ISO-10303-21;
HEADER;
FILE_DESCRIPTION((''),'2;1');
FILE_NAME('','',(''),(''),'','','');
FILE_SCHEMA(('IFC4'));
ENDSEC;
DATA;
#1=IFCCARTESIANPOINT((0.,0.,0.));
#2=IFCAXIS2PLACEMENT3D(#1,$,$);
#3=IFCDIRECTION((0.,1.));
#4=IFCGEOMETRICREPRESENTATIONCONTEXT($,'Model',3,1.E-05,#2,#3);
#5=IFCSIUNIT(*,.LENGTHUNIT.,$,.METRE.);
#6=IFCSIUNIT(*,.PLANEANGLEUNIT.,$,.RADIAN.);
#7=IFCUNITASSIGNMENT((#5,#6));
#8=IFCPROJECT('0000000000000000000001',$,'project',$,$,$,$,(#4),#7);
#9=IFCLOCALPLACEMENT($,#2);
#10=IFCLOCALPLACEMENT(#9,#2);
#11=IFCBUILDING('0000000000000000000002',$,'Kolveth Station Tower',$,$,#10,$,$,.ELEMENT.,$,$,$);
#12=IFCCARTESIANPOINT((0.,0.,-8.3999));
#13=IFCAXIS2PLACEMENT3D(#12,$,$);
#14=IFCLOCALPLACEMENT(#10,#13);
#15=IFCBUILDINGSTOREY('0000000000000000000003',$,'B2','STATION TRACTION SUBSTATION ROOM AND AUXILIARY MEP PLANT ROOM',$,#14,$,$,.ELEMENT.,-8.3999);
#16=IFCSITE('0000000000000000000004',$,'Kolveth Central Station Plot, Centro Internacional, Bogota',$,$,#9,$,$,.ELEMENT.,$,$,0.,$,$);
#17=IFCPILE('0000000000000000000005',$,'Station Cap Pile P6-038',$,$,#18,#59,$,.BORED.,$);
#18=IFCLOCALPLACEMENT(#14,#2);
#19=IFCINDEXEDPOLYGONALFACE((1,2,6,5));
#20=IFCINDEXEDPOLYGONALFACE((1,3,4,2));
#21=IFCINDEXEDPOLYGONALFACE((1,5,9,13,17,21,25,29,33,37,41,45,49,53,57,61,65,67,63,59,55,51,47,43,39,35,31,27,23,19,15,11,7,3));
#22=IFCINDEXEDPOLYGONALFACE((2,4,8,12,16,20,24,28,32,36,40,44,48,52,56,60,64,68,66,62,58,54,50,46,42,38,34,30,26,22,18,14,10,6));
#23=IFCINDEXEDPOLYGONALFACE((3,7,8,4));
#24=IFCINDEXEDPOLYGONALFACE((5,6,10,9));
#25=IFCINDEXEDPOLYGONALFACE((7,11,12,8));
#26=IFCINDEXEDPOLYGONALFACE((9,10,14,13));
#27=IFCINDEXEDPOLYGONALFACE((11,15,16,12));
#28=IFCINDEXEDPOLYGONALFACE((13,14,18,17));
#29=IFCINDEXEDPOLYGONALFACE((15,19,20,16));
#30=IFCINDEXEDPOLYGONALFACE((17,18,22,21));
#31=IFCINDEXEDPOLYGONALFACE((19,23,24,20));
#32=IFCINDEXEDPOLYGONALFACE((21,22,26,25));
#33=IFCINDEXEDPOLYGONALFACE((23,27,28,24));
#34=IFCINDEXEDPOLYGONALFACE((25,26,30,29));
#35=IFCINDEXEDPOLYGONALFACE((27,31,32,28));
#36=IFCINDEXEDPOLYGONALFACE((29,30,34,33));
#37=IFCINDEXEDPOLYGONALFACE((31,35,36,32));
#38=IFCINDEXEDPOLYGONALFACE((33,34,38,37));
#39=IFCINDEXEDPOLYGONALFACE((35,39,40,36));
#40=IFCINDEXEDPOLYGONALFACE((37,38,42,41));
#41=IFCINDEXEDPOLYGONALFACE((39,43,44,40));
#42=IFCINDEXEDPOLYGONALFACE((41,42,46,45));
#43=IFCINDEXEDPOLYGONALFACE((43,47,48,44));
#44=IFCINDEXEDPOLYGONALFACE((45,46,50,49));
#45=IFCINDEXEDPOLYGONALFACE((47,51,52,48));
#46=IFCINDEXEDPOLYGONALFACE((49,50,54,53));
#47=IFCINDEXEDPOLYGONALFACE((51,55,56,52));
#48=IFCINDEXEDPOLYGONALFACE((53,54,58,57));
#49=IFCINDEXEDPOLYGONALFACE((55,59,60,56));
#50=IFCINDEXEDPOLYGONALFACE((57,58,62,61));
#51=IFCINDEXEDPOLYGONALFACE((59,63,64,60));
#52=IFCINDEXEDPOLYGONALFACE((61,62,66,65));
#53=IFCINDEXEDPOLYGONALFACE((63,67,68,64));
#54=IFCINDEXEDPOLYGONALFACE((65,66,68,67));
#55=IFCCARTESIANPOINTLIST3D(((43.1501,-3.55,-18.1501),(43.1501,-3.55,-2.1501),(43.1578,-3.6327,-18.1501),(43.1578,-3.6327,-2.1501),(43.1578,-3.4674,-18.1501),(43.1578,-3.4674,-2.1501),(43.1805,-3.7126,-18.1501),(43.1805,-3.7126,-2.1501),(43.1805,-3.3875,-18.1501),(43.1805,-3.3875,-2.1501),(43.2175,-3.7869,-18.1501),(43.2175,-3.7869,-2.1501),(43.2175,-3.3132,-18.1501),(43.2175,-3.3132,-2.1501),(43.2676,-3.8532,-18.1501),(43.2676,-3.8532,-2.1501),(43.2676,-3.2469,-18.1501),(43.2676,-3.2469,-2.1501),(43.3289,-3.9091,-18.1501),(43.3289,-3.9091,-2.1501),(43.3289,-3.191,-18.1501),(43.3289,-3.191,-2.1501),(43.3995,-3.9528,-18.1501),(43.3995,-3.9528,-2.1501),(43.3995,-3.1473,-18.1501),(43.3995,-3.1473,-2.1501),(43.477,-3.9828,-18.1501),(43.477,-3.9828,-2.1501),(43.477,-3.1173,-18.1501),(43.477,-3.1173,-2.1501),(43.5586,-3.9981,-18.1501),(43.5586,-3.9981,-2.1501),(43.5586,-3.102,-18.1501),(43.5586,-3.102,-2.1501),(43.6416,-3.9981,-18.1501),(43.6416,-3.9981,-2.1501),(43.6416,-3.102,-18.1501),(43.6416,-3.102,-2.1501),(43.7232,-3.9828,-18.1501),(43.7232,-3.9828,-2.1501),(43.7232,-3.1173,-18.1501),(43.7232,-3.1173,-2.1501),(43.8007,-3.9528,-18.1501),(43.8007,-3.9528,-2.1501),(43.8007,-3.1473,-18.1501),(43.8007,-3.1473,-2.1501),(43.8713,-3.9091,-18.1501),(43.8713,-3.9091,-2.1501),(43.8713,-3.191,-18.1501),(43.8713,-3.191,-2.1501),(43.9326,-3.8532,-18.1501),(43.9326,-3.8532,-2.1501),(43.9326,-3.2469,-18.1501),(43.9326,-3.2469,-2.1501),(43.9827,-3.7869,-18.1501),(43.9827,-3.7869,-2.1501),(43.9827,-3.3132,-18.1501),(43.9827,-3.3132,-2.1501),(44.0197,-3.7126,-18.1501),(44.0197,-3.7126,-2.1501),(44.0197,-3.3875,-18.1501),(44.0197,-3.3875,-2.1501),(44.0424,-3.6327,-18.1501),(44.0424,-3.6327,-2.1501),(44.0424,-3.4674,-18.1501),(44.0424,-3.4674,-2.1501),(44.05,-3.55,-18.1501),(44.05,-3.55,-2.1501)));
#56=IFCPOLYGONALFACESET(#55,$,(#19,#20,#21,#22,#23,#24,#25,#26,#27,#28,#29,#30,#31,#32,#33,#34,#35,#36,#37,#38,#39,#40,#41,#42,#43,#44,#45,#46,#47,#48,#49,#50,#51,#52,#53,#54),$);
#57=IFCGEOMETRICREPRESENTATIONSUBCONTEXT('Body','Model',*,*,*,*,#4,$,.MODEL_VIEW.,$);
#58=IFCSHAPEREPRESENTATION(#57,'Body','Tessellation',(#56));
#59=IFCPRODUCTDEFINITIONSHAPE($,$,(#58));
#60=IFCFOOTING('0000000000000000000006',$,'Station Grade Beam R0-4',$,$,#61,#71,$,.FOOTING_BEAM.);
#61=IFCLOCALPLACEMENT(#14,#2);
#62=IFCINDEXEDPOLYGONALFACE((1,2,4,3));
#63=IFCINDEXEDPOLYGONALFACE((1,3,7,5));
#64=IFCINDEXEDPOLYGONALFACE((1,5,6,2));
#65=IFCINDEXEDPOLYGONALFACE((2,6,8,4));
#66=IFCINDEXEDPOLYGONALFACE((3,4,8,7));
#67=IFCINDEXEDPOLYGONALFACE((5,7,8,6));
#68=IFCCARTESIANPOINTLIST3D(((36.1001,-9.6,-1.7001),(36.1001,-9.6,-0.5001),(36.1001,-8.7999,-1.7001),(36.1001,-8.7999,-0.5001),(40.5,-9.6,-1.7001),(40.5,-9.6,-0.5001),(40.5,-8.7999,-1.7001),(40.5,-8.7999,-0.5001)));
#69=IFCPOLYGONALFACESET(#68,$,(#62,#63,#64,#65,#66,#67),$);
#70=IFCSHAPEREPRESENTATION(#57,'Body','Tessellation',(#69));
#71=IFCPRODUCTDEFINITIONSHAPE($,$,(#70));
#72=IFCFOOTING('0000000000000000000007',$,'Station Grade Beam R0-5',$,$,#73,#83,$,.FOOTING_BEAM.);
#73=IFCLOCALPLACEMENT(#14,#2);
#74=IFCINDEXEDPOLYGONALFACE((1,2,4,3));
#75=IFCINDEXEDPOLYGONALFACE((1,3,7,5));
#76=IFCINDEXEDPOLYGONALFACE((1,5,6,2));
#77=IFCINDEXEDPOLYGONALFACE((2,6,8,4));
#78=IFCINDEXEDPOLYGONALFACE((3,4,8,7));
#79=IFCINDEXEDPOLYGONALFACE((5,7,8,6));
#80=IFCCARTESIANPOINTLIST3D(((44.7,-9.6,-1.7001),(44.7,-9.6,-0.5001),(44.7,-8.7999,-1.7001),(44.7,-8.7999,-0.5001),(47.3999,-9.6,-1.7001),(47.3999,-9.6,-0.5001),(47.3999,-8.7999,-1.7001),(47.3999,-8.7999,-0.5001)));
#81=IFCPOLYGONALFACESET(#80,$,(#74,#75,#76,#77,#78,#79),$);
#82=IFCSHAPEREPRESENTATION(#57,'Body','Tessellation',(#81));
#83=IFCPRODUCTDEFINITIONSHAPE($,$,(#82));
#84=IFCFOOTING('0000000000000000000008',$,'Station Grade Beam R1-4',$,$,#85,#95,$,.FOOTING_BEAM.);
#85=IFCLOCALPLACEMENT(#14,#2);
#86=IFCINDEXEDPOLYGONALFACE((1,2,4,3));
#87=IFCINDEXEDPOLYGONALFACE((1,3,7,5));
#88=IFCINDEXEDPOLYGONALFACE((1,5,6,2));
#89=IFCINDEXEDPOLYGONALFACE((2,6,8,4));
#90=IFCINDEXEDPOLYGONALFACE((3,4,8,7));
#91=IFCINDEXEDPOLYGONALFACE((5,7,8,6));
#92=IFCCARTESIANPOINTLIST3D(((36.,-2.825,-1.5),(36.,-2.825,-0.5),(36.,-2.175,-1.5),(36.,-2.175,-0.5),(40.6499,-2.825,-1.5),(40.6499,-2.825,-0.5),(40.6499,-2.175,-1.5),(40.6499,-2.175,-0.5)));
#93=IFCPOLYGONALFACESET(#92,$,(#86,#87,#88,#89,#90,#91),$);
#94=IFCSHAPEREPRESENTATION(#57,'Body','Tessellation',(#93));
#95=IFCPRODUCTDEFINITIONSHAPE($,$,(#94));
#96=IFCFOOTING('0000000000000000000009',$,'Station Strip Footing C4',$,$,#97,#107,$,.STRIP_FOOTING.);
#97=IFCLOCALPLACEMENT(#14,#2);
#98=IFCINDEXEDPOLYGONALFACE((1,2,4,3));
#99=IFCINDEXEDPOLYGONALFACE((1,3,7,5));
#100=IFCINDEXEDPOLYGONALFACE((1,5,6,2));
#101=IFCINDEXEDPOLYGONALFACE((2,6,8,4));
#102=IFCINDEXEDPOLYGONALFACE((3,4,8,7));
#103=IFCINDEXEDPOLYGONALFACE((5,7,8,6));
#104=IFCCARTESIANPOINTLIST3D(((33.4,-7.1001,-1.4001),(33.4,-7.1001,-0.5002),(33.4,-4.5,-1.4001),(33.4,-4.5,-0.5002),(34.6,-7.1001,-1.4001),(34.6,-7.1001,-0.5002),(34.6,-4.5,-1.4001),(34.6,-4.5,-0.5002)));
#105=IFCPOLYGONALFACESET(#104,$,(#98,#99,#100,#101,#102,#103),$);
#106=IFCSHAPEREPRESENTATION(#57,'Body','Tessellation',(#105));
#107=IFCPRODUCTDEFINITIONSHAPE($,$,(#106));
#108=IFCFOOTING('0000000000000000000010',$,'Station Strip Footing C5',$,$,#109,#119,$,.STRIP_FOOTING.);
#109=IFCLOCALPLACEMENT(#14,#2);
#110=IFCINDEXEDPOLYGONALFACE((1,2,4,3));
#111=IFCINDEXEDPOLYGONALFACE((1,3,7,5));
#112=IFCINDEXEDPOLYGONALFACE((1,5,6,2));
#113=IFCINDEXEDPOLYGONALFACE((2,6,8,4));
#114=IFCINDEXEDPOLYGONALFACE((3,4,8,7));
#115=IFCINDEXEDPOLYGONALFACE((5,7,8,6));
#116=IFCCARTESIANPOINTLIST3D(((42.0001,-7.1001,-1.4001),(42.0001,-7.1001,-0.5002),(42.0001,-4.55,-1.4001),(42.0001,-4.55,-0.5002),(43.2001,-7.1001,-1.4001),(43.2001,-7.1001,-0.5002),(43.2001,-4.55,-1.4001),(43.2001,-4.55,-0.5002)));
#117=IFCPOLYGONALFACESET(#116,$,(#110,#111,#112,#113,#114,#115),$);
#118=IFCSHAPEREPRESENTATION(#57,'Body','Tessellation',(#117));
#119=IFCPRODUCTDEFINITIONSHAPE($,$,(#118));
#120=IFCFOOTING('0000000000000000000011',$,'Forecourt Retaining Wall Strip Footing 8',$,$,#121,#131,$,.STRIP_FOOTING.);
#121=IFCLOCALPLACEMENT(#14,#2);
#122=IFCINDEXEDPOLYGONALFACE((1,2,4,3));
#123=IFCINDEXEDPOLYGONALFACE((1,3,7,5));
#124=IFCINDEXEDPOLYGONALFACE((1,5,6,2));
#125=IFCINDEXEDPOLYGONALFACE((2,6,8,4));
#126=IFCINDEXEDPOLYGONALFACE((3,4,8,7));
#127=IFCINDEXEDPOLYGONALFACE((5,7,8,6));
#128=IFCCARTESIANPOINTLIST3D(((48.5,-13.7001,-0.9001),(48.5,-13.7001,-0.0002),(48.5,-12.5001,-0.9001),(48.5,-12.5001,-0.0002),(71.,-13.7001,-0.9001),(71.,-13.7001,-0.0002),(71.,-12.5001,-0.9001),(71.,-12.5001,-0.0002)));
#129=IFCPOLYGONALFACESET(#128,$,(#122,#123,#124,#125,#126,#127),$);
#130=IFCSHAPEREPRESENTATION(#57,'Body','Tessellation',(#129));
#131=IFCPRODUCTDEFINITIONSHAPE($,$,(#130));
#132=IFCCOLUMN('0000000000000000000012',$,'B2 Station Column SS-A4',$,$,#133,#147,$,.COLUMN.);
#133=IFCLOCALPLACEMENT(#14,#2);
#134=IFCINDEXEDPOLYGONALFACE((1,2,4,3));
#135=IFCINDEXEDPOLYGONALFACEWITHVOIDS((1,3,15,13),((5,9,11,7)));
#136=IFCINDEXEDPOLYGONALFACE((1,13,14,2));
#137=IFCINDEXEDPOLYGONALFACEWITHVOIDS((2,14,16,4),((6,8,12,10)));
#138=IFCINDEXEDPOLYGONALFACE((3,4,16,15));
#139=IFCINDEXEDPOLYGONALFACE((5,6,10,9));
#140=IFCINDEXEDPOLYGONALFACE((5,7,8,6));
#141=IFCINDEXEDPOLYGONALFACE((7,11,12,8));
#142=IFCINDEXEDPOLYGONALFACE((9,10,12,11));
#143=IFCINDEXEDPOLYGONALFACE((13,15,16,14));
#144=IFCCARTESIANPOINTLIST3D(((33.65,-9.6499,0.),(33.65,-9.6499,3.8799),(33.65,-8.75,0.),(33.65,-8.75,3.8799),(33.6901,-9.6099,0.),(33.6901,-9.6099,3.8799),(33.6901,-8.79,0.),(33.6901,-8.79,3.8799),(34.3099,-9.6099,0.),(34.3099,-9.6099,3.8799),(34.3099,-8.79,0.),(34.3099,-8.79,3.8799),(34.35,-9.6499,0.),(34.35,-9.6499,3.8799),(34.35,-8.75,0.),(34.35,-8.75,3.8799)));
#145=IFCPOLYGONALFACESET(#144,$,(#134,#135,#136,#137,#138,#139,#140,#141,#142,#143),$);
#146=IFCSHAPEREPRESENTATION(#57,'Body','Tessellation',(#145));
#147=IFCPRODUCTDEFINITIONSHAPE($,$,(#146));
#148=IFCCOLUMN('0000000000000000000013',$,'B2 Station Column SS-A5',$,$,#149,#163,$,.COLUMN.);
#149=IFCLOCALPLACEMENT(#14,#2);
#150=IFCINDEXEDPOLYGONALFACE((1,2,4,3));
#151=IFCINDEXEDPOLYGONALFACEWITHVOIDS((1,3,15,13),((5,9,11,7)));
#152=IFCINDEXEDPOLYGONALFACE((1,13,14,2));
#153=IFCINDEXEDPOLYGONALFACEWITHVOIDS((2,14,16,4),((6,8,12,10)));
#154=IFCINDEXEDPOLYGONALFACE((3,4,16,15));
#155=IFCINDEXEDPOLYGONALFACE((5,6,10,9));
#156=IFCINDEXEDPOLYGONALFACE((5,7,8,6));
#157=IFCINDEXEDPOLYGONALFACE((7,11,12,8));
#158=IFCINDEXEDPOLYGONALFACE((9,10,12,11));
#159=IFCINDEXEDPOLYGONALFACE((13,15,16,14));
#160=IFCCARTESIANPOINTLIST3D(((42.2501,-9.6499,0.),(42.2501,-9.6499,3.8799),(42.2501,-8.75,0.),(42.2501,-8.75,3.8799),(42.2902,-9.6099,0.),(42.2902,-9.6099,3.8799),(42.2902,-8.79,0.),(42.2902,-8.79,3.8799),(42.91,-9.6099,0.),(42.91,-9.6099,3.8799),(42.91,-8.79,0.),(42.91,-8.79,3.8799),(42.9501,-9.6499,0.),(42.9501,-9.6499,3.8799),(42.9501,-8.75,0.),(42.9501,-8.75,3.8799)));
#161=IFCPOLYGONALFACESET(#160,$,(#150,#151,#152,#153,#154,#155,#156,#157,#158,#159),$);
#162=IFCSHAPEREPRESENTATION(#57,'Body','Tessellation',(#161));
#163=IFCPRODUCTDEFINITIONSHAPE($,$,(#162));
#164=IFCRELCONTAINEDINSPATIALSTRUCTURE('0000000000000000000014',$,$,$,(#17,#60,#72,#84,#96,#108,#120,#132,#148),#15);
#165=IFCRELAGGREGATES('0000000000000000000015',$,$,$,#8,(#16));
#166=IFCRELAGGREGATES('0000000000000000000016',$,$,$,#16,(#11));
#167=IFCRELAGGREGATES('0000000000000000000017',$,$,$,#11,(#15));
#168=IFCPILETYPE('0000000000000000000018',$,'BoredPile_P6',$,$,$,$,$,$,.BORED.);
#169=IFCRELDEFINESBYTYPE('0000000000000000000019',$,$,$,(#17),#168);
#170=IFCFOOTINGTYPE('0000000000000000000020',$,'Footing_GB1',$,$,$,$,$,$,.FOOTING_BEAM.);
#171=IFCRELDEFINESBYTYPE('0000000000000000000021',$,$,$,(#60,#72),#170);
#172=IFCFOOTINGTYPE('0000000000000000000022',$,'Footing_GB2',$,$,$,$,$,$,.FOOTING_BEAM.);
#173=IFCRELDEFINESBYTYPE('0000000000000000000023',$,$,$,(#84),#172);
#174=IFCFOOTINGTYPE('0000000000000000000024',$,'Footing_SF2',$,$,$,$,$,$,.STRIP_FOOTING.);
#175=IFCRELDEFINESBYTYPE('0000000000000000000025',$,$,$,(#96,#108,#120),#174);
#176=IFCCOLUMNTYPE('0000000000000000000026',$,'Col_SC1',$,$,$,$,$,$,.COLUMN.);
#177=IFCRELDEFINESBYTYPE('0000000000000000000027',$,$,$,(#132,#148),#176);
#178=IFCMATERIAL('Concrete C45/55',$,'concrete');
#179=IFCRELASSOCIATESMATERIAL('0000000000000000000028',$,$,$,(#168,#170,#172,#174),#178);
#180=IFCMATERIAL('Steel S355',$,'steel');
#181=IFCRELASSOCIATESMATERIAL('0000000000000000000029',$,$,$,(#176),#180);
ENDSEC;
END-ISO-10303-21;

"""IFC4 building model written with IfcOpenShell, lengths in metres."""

from ifc_helpers import new_model, si_unit, direction, frame, origin, origin_2d, place, context, subcontext, project, spatial, rectangle, hollow_rectangle, circle, extrude, source, transform, mapped, material, material_profile, profile_set, type_object, element, save


model = new_model("IFC4")

# Units and contexts
model_context = context("Model", 3, precision=1e-05, world=origin(), true_north=direction((0.0, 1.0)))
body_context = subcontext(model_context, "Body", "Model", "MODEL_VIEW")
ifc_project = project(units=[si_unit("LENGTHUNIT", "METRE"), si_unit("PLANEANGLEUNIT", "RADIAN")], contexts=[model_context])

# Site, building, storey
site_placement = place(None, origin())
site = spatial("IfcSite", under=ifc_project, at=site_placement, Name="Kolveth Central Station Plot, Centro Internacional, Bogota", CompositionType="ELEMENT", RefElevation=0.0)
building_placement = place(site_placement, origin())
building = spatial("IfcBuilding", under=site, at=building_placement, Name="Kolveth Station Tower", CompositionType="ELEMENT")
storey_placement = place(building_placement, frame((0.0, 0.0, -8.3999)))
storey = spatial("IfcBuildingStorey", under=building, at=storey_placement, Name="B2", Description="STATION TRACTION SUBSTATION ROOM AND AUXILIARY MEP PLANT ROOM", CompositionType="ELEMENT", Elevation=-8.3999)

# Shared definitions
ifc_material_1 = material(Name="Concrete C45/55", Category="concrete")

# Pile
ifc_material_profile_1 = material_profile(ifc_material_1, circle(Radius=0.45, at=origin_2d()), Name="PILE-D900")
ifc_profile_set_1 = profile_set([ifc_material_profile_1], Name="Concrete C45/55")
pile_type_1 = type_object("IfcPileType", Name="BoredPile_P6", PredefinedType="BORED", material=ifc_profile_set_1)
shared_shape_1 = source(origin(), body_context, "Body", "SweptSolid", [
    extrude(circle(Radius=0.45, at=origin_2d()), origin(), (0.0, 0.0, 1.0), 16.0),
])
for number, where, z_axis, x_axis, name in (
    (1, (43.6001, -3.55, -2.1501), (0.0, 0.0, -1.0), (1.0, 0.0, 0.0), "Station Cap Pile P6-038"),
):
    element("IfcPile", number, at=place(storey_placement, frame(where, z_axis=z_axis, x_axis=x_axis)), inside=storey, type_object=pile_type_1, Name=name, PredefinedType="BORED", context=body_context, shape_type="MappedRepresentation", body=[
        mapped(shared_shape_1, transform((0.0, 0.0, 0.0), x_axis=(1.0, 0.0, 0.0), y_axis=(0.0, 1.0, 0.0), z_axis=(0.0, 0.0, 1.0), scale=1.0)),
    ])

# Footings
ifc_material_profile_2 = material_profile(ifc_material_1, rectangle(XDim=0.8, YDim=1.2, at=origin_2d()), Name="RC-800x1200")
ifc_profile_set_2 = profile_set([ifc_material_profile_2], Name="Concrete C45/55")
footing_type_1 = type_object("IfcFootingType", Name="Footing_GB1", PredefinedType="FOOTING_BEAM", material=ifc_profile_set_2)
shared_shape_2 = source(origin(), body_context, "Body", "SweptSolid", [
    extrude(rectangle(XDim=0.8, YDim=1.2, at=origin_2d()), origin(), (0.0, 0.0, 1.0), 4.3999),
])
footing_1_placement = place(storey_placement, frame((36.1001, -9.2, -1.1001), z_axis=(1.0, 0.0, 0.0), x_axis=(0.0, 1.0, 0.0)))
element("IfcFooting", 2, at=footing_1_placement, inside=storey, type_object=footing_type_1, Name="Station Grade Beam R0-4", PredefinedType="FOOTING_BEAM", context=body_context, shape_type="MappedRepresentation", body=[
    mapped(shared_shape_2, transform((0.0, 0.0, 0.0), x_axis=(1.0, 0.0, 0.0), y_axis=(0.0, 1.0, 0.0), z_axis=(0.0, 0.0, 1.0), scale=1.0)),
])
shared_shape_3 = source(origin(), body_context, "Body", "SweptSolid", [
    extrude(rectangle(XDim=0.8, YDim=1.2, at=origin_2d()), origin(), (0.0, 0.0, 1.0), 2.7),
])
footing_2_placement = place(storey_placement, frame((44.7, -9.2, -1.1001), z_axis=(1.0, 0.0, 0.0), x_axis=(0.0, 1.0, 0.0)))
element("IfcFooting", 3, at=footing_2_placement, inside=storey, type_object=footing_type_1, Name="Station Grade Beam R0-5", PredefinedType="FOOTING_BEAM", context=body_context, shape_type="MappedRepresentation", body=[
    mapped(shared_shape_3, transform((0.0, 0.0, 0.0), x_axis=(1.0, 0.0, 0.0), y_axis=(0.0, 1.0, 0.0), z_axis=(0.0, 0.0, 1.0), scale=1.0)),
])
ifc_material_profile_3 = material_profile(ifc_material_1, rectangle(XDim=0.6499, YDim=1.0, at=origin_2d()), Name="RC-650x1000")
ifc_profile_set_3 = profile_set([ifc_material_profile_3], Name="Concrete C45/55")
footing_type_2 = type_object("IfcFootingType", Name="Footing_GB2", PredefinedType="FOOTING_BEAM", material=ifc_profile_set_3)
shared_shape_4 = source(origin(), body_context, "Body", "SweptSolid", [
    extrude(rectangle(XDim=0.6499, YDim=1.0, at=origin_2d()), origin(), (0.0, 0.0, 1.0), 4.6499),
])
footing_3_placement = place(storey_placement, frame((36.0, -2.5, -1.0), z_axis=(1.0, 0.0, 0.0), x_axis=(0.0, 1.0, 0.0)))
element("IfcFooting", 4, at=footing_3_placement, inside=storey, type_object=footing_type_2, Name="Station Grade Beam R1-4", PredefinedType="FOOTING_BEAM", context=body_context, shape_type="MappedRepresentation", body=[
    mapped(shared_shape_4, transform((0.0, 0.0, 0.0), x_axis=(1.0, 0.0, 0.0), y_axis=(0.0, 1.0, 0.0), z_axis=(0.0, 0.0, 1.0), scale=1.0)),
])
ifc_material_profile_4 = material_profile(ifc_material_1, rectangle(XDim=1.2, YDim=0.8999, at=origin_2d()), Name="RC-1200x900")
ifc_profile_set_4 = profile_set([ifc_material_profile_4], Name="Concrete C45/55")
footing_type_3 = type_object("IfcFootingType", Name="Footing_SF2", PredefinedType="STRIP_FOOTING", material=ifc_profile_set_4)
shared_shape_5 = source(origin(), body_context, "Body", "SweptSolid", [
    extrude(rectangle(XDim=1.2, YDim=0.8999, at=origin_2d()), origin(), (0.0, 0.0, 1.0), 2.6001),
])
footing_4_placement = place(storey_placement, frame((34.0, -7.1001, -0.9502), z_axis=(0.0, 1.0, 0.0), x_axis=(-1.0, 0.0, 0.0)))
element("IfcFooting", 5, at=footing_4_placement, inside=storey, type_object=footing_type_3, Name="Station Strip Footing C4", PredefinedType="STRIP_FOOTING", context=body_context, shape_type="MappedRepresentation", body=[
    mapped(shared_shape_5, transform((0.0, 0.0, 0.0), x_axis=(1.0, 0.0, 0.0), y_axis=(0.0, 1.0, 0.0), z_axis=(0.0, 0.0, 1.0), scale=1.0)),
])
shared_shape_6 = source(origin(), body_context, "Body", "SweptSolid", [
    extrude(rectangle(XDim=1.2, YDim=0.8999, at=origin_2d()), origin(), (0.0, 0.0, 1.0), 2.55),
])
footing_5_placement = place(storey_placement, frame((42.6001, -7.1001, -0.9502), z_axis=(0.0, 1.0, 0.0), x_axis=(-1.0, 0.0, 0.0)))
element("IfcFooting", 6, at=footing_5_placement, inside=storey, type_object=footing_type_3, Name="Station Strip Footing C5", PredefinedType="STRIP_FOOTING", context=body_context, shape_type="MappedRepresentation", body=[
    mapped(shared_shape_6, transform((0.0, 0.0, 0.0), x_axis=(1.0, 0.0, 0.0), y_axis=(0.0, 1.0, 0.0), z_axis=(0.0, 0.0, 1.0), scale=1.0)),
])
shared_shape_7 = source(origin(), body_context, "Body", "SweptSolid", [
    extrude(rectangle(XDim=1.2, YDim=0.8999, at=origin_2d()), origin(), (0.0, 0.0, 1.0), 22.5),
])
footing_6_placement = place(storey_placement, frame((48.5, -13.1001, -0.4502), z_axis=(1.0, 0.0, 0.0), x_axis=(0.0, 1.0, 0.0)))
element("IfcFooting", 7, at=footing_6_placement, inside=storey, type_object=footing_type_3, Name="Forecourt Retaining Wall Strip Footing 8", PredefinedType="STRIP_FOOTING", context=body_context, shape_type="MappedRepresentation", body=[
    mapped(shared_shape_7, transform((0.0, 0.0, 0.0), x_axis=(1.0, 0.0, 0.0), y_axis=(0.0, 1.0, 0.0), z_axis=(0.0, 0.0, 1.0), scale=1.0)),
])

# Columns
ifc_material_2 = material(Name="Steel S355", Category="steel")
ifc_material_profile_5 = material_profile(ifc_material_2, hollow_rectangle(XDim=0.7, YDim=0.8999, WallThickness=0.04, at=origin_2d()), Name="BOX900x700x40")
ifc_profile_set_5 = profile_set([ifc_material_profile_5], Name="Steel S355")
column_type_1 = type_object("IfcColumnType", Name="Col_SC1", PredefinedType="COLUMN", material=ifc_profile_set_5)
shared_shape_8 = source(origin(), body_context, "Body", "SweptSolid", [
    extrude(hollow_rectangle(XDim=0.7, YDim=0.8999, WallThickness=0.04, at=origin_2d()), origin(), (0.0, 0.0, 1.0), 3.8799),
])
for number, where, z_axis, x_axis, name in (
    (8, (34.0, -9.2, 0.0), (0.0, 0.0, 1.0), (1.0, 0.0, 0.0), "B2 Station Column SS-A4"),
    (9, (42.6001, -9.2, 0.0), (0.0, 0.0, 1.0), (1.0, 0.0, 0.0), "B2 Station Column SS-A5"),
):
    element("IfcColumn", number, at=place(storey_placement, frame(where, z_axis=z_axis, x_axis=x_axis)), inside=storey, type_object=column_type_1, Name=name, PredefinedType="COLUMN", context=body_context, shape_type="MappedRepresentation", body=[
        mapped(shared_shape_8, transform((0.0, 0.0, 0.0), x_axis=(1.0, 0.0, 0.0), y_axis=(0.0, 1.0, 0.0), z_axis=(0.0, 0.0, 1.0), scale=1.0)),
    ])

save(model, "model.ifc")
